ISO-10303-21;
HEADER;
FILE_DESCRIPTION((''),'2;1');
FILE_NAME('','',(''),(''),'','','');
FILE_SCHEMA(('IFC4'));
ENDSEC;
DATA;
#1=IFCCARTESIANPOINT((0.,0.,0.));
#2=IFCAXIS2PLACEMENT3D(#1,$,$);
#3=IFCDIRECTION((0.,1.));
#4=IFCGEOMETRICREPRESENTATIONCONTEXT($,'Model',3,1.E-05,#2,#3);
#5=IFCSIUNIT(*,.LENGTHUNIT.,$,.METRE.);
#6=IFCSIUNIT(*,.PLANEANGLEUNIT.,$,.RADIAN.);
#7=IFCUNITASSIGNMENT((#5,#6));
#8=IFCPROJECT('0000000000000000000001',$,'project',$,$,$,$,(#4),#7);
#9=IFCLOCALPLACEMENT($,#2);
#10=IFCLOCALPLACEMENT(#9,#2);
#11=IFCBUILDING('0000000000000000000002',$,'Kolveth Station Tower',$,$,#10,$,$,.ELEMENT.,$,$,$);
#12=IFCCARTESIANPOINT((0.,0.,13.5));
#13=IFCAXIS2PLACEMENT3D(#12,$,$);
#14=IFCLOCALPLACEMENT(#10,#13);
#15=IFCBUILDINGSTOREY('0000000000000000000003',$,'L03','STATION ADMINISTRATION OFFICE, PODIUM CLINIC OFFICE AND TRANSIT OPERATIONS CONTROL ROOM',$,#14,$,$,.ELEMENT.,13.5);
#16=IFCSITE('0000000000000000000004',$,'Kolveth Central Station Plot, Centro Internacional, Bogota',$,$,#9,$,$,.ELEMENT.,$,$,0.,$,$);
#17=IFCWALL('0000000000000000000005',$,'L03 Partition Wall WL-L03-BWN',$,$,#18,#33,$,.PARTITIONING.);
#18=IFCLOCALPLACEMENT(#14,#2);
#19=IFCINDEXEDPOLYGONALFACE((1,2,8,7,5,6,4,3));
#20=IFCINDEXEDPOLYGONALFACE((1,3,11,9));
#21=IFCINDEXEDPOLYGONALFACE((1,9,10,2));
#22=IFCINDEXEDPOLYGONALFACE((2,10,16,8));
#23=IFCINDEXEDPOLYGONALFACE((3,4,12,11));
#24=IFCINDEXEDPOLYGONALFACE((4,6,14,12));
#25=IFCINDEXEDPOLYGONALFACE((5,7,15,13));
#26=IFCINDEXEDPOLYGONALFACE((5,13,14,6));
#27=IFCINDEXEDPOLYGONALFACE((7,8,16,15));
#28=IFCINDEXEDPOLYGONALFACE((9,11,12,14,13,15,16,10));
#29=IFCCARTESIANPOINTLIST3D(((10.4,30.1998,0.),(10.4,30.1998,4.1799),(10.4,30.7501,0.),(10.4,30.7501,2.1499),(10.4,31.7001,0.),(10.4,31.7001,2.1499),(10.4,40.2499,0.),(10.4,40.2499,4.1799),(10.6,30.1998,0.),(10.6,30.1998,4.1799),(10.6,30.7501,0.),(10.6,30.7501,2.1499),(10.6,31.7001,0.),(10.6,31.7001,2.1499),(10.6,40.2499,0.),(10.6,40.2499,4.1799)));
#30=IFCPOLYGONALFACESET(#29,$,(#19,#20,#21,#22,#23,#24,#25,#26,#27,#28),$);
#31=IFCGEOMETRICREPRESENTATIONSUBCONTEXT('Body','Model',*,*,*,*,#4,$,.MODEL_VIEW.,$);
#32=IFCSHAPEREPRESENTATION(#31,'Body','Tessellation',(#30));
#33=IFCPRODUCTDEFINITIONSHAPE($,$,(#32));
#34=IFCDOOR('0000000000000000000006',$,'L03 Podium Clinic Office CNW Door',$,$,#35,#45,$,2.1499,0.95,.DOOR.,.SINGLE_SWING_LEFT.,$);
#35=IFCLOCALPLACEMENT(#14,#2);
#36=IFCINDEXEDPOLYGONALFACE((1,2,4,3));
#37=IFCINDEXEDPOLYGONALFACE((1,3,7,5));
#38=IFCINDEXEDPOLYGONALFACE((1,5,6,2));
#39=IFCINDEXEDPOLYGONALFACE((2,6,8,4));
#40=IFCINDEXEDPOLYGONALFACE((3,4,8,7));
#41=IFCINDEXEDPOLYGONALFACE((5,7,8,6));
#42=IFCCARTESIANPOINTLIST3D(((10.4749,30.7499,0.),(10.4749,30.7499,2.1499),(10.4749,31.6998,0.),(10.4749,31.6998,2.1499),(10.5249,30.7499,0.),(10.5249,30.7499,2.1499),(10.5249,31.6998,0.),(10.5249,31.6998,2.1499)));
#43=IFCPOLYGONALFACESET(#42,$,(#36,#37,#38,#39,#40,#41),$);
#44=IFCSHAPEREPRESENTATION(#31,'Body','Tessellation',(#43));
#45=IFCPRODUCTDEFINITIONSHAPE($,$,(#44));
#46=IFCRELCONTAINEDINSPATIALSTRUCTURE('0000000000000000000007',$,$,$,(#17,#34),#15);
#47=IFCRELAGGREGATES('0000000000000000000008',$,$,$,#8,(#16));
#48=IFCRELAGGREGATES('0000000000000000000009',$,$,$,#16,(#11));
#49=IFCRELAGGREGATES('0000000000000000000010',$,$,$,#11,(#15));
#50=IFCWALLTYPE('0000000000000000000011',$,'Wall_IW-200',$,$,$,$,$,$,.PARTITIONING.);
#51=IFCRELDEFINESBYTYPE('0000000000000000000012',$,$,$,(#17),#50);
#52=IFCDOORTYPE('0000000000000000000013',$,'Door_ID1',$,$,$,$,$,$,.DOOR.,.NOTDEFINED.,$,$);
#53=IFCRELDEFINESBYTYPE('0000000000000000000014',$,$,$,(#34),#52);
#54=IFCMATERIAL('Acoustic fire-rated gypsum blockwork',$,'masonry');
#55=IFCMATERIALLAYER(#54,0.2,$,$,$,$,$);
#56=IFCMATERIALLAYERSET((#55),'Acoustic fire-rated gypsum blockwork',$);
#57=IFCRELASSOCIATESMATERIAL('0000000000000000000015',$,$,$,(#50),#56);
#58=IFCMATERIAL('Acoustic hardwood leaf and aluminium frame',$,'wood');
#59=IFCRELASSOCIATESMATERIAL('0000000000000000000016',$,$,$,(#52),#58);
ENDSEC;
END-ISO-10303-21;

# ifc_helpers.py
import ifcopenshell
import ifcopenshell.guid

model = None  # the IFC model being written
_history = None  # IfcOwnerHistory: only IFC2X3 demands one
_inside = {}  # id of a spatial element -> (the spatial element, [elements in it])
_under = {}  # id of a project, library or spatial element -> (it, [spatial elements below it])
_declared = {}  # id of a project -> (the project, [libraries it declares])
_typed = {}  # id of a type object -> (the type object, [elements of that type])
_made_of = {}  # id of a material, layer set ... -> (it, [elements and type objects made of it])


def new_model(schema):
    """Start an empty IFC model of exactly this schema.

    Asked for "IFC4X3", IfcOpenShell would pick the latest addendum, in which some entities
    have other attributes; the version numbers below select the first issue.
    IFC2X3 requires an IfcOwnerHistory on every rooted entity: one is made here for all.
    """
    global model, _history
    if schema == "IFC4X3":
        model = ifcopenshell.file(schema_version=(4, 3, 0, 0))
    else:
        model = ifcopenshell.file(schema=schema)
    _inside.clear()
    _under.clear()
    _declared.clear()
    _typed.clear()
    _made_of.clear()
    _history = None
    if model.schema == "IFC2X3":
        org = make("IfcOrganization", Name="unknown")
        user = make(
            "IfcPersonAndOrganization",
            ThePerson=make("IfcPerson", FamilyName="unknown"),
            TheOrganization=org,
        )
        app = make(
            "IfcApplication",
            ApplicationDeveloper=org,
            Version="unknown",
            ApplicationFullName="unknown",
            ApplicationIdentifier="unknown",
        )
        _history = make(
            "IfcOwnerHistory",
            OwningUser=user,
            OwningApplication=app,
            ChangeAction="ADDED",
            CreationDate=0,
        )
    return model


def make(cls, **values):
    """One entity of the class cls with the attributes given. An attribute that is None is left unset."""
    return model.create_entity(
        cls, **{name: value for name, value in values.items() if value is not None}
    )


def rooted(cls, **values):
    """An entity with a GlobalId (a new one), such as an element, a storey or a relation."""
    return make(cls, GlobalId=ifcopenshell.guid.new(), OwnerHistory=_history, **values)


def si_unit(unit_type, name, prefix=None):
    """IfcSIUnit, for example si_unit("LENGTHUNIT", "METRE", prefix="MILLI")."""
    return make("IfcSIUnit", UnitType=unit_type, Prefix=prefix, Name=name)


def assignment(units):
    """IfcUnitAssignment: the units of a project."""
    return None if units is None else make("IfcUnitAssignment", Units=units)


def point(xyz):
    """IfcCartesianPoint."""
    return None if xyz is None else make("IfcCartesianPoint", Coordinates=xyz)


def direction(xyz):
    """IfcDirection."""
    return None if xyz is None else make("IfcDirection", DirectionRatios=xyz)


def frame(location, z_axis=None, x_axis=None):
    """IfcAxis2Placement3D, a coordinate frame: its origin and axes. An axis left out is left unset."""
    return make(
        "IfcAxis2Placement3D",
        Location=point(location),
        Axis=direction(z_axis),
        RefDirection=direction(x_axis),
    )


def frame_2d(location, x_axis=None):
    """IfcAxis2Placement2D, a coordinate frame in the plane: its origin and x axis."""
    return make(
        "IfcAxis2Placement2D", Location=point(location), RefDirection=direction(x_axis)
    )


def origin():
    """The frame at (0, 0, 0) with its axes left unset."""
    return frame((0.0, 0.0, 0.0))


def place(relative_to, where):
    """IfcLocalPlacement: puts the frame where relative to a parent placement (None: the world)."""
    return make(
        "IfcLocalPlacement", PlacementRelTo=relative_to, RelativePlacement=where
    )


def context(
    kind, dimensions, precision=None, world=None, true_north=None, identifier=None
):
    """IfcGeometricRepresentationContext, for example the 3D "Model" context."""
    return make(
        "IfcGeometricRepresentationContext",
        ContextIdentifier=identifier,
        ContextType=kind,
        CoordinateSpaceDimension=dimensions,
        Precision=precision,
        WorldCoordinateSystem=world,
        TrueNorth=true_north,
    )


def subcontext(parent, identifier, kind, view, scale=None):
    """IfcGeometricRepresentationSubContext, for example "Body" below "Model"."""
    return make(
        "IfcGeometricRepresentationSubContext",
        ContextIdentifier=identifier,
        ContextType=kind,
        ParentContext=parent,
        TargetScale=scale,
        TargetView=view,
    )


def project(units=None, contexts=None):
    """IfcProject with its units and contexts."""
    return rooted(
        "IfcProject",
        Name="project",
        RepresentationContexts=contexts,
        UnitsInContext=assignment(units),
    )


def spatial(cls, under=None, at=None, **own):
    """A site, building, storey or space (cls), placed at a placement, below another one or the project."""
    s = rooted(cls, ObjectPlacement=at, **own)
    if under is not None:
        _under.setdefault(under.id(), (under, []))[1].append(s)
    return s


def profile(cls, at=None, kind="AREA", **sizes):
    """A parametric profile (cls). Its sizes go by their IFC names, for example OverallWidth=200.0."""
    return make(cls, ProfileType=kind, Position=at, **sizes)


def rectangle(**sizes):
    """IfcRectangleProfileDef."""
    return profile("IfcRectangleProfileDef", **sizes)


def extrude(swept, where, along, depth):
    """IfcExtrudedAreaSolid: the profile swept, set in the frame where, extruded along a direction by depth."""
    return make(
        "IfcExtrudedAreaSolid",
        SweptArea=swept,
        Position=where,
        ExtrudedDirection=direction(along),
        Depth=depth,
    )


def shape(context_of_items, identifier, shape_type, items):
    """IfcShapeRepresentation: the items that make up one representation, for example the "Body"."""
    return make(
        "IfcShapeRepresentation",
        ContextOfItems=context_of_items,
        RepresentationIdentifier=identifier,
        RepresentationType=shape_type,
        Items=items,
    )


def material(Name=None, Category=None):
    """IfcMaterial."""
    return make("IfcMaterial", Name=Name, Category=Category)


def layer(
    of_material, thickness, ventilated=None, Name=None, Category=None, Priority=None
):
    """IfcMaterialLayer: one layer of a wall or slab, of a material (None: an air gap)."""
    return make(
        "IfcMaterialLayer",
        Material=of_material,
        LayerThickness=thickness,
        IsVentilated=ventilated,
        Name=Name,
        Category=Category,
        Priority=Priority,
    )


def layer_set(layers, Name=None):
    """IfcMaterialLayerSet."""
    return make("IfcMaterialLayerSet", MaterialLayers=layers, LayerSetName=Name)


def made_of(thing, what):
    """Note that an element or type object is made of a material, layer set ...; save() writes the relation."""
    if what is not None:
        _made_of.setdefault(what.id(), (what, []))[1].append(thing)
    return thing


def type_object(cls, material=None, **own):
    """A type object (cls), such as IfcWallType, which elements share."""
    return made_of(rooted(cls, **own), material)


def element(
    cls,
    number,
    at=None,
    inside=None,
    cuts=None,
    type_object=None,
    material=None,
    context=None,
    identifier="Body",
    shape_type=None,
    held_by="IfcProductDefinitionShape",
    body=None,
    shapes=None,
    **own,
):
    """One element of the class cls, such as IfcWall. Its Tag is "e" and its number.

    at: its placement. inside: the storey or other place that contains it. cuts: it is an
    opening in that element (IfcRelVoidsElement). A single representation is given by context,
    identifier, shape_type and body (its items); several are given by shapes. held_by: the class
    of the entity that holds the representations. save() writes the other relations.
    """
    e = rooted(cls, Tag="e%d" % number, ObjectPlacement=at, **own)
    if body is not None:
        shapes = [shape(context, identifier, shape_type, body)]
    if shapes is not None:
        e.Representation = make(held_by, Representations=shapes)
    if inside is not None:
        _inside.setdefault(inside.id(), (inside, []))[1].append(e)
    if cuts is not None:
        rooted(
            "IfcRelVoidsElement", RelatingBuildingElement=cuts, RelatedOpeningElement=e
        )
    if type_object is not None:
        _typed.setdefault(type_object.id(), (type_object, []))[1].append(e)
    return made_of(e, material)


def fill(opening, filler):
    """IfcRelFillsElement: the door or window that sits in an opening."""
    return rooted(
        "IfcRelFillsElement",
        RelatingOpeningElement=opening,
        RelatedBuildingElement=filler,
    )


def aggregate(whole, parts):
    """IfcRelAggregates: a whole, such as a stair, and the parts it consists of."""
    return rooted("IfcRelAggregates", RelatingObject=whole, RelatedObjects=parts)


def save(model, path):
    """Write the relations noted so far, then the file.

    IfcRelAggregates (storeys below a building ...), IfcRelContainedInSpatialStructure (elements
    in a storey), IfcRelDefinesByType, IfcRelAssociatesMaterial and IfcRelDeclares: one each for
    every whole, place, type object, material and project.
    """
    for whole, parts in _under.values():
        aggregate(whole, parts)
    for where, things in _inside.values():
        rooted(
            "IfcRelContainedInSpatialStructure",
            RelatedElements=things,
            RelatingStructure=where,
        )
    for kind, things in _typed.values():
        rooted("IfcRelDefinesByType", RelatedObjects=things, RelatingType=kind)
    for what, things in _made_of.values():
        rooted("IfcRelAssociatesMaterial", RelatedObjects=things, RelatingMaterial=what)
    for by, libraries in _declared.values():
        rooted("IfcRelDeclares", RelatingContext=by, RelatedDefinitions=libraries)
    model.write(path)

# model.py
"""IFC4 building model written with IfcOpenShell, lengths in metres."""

from ifc_helpers import new_model, si_unit, direction, frame, frame_2d, origin, place, context, subcontext, project, spatial, rectangle, extrude, material, layer, layer_set, type_object, element, fill, save


model = new_model("IFC4")

# Units and contexts
model_context = context("Model", 3, precision=1e-05, world=origin(), true_north=direction((0.0, 1.0)))
body_context = subcontext(model_context, "Body", "Model", "MODEL_VIEW")
ifc_project = project(units=[si_unit("LENGTHUNIT", "METRE"), si_unit("PLANEANGLEUNIT", "RADIAN")], contexts=[model_context])

# Site, building, storey
site_placement = place(None, origin())
site = spatial("IfcSite", under=ifc_project, at=site_placement, Name="Kolveth Central Station Plot, Centro Internacional, Bogota", CompositionType="ELEMENT", RefElevation=0.0)
building_placement = place(site_placement, origin())
building = spatial("IfcBuilding", under=site, at=building_placement, Name="Kolveth Station Tower", CompositionType="ELEMENT")
storey_placement = place(building_placement, frame((0.0, 0.0, 13.5)))
storey = spatial("IfcBuildingStorey", under=building, at=storey_placement, Name="L03", Description="STATION ADMINISTRATION OFFICE, PODIUM CLINIC OFFICE AND TRANSIT OPERATIONS CONTROL ROOM", CompositionType="ELEMENT", Elevation=13.5)

# Shared definitions
ifc_material_1 = material(Name="Acoustic fire-rated gypsum blockwork", Category="masonry")
ifc_layer = layer(ifc_material_1, 0.2)
ifc_layer_set = layer_set([ifc_layer], Name="Acoustic fire-rated gypsum blockwork")
wall_type = type_object("IfcWallType", Name="Wall_IW-200", PredefinedType="PARTITIONING", material=ifc_layer_set)
ifc_material_2 = material(Name="Acoustic hardwood leaf and aluminium frame", Category="wood")
door_type = type_object("IfcDoorType", Name="Door_ID1", OperationType="NOTDEFINED", PredefinedType="DOOR", material=ifc_material_2)

# Wall, opening, door
wall_1_placement = place(storey_placement, frame((10.5, 30.2, 0.0), z_axis=(0.0, 0.0, 1.0), x_axis=(0.0, 1.0, 0.0)))
wall_1 = element("IfcWall", 1, at=wall_1_placement, inside=storey, type_object=wall_type, Name="L03 Partition Wall WL-L03-BWN", PredefinedType="PARTITIONING", context=body_context, shape_type="SweptSolid", body=[
    extrude(rectangle(XDim=10.05, YDim=0.2, at=frame_2d((5.0249, 0.0))), origin(), (0.0, 0.0, 1.0), 4.1799),
])
opening_1_placement = place(wall_1_placement, frame((0.55, 0.0, 0.0)))
opening_1 = element("IfcOpeningElement", 2, at=opening_1_placement, cuts=wall_1, PredefinedType="OPENING", context=body_context, shape_type="SweptSolid", body=[
    extrude(rectangle(XDim=0.95, YDim=2.1499, at=frame_2d((0.4751, 1.075))), frame((0.0, 0.1099, 0.0), z_axis=(0.0, -1.0, 0.0), x_axis=(1.0, 0.0, 0.0)), (0.0, 0.0, 1.0), 0.22),
])
door_1_placement = place(opening_1_placement, frame((0.95, 0.0, 0.0), z_axis=(0.0, 0.0, 1.0), x_axis=(-1.0, 0.0, 0.0)))
door_1 = element("IfcDoor", 3, at=door_1_placement, inside=storey, type_object=door_type, Name="L03 Podium Clinic Office CNW Door", OperationType="SINGLE_SWING_LEFT", OverallHeight=2.1499, OverallWidth=0.95, PredefinedType="DOOR", context=body_context, shape_type="SweptSolid", body=[
    extrude(rectangle(XDim=0.95, YDim=2.1499, at=frame_2d((0.4751, 1.075))), frame((0.0, 0.0249, 0.0), z_axis=(0.0, -1.0, 0.0), x_axis=(1.0, 0.0, 0.0)), (0.0, 0.0, 1.0), 0.05),
])
fill(opening_1, door_1)

save(model, "model.ifc")
